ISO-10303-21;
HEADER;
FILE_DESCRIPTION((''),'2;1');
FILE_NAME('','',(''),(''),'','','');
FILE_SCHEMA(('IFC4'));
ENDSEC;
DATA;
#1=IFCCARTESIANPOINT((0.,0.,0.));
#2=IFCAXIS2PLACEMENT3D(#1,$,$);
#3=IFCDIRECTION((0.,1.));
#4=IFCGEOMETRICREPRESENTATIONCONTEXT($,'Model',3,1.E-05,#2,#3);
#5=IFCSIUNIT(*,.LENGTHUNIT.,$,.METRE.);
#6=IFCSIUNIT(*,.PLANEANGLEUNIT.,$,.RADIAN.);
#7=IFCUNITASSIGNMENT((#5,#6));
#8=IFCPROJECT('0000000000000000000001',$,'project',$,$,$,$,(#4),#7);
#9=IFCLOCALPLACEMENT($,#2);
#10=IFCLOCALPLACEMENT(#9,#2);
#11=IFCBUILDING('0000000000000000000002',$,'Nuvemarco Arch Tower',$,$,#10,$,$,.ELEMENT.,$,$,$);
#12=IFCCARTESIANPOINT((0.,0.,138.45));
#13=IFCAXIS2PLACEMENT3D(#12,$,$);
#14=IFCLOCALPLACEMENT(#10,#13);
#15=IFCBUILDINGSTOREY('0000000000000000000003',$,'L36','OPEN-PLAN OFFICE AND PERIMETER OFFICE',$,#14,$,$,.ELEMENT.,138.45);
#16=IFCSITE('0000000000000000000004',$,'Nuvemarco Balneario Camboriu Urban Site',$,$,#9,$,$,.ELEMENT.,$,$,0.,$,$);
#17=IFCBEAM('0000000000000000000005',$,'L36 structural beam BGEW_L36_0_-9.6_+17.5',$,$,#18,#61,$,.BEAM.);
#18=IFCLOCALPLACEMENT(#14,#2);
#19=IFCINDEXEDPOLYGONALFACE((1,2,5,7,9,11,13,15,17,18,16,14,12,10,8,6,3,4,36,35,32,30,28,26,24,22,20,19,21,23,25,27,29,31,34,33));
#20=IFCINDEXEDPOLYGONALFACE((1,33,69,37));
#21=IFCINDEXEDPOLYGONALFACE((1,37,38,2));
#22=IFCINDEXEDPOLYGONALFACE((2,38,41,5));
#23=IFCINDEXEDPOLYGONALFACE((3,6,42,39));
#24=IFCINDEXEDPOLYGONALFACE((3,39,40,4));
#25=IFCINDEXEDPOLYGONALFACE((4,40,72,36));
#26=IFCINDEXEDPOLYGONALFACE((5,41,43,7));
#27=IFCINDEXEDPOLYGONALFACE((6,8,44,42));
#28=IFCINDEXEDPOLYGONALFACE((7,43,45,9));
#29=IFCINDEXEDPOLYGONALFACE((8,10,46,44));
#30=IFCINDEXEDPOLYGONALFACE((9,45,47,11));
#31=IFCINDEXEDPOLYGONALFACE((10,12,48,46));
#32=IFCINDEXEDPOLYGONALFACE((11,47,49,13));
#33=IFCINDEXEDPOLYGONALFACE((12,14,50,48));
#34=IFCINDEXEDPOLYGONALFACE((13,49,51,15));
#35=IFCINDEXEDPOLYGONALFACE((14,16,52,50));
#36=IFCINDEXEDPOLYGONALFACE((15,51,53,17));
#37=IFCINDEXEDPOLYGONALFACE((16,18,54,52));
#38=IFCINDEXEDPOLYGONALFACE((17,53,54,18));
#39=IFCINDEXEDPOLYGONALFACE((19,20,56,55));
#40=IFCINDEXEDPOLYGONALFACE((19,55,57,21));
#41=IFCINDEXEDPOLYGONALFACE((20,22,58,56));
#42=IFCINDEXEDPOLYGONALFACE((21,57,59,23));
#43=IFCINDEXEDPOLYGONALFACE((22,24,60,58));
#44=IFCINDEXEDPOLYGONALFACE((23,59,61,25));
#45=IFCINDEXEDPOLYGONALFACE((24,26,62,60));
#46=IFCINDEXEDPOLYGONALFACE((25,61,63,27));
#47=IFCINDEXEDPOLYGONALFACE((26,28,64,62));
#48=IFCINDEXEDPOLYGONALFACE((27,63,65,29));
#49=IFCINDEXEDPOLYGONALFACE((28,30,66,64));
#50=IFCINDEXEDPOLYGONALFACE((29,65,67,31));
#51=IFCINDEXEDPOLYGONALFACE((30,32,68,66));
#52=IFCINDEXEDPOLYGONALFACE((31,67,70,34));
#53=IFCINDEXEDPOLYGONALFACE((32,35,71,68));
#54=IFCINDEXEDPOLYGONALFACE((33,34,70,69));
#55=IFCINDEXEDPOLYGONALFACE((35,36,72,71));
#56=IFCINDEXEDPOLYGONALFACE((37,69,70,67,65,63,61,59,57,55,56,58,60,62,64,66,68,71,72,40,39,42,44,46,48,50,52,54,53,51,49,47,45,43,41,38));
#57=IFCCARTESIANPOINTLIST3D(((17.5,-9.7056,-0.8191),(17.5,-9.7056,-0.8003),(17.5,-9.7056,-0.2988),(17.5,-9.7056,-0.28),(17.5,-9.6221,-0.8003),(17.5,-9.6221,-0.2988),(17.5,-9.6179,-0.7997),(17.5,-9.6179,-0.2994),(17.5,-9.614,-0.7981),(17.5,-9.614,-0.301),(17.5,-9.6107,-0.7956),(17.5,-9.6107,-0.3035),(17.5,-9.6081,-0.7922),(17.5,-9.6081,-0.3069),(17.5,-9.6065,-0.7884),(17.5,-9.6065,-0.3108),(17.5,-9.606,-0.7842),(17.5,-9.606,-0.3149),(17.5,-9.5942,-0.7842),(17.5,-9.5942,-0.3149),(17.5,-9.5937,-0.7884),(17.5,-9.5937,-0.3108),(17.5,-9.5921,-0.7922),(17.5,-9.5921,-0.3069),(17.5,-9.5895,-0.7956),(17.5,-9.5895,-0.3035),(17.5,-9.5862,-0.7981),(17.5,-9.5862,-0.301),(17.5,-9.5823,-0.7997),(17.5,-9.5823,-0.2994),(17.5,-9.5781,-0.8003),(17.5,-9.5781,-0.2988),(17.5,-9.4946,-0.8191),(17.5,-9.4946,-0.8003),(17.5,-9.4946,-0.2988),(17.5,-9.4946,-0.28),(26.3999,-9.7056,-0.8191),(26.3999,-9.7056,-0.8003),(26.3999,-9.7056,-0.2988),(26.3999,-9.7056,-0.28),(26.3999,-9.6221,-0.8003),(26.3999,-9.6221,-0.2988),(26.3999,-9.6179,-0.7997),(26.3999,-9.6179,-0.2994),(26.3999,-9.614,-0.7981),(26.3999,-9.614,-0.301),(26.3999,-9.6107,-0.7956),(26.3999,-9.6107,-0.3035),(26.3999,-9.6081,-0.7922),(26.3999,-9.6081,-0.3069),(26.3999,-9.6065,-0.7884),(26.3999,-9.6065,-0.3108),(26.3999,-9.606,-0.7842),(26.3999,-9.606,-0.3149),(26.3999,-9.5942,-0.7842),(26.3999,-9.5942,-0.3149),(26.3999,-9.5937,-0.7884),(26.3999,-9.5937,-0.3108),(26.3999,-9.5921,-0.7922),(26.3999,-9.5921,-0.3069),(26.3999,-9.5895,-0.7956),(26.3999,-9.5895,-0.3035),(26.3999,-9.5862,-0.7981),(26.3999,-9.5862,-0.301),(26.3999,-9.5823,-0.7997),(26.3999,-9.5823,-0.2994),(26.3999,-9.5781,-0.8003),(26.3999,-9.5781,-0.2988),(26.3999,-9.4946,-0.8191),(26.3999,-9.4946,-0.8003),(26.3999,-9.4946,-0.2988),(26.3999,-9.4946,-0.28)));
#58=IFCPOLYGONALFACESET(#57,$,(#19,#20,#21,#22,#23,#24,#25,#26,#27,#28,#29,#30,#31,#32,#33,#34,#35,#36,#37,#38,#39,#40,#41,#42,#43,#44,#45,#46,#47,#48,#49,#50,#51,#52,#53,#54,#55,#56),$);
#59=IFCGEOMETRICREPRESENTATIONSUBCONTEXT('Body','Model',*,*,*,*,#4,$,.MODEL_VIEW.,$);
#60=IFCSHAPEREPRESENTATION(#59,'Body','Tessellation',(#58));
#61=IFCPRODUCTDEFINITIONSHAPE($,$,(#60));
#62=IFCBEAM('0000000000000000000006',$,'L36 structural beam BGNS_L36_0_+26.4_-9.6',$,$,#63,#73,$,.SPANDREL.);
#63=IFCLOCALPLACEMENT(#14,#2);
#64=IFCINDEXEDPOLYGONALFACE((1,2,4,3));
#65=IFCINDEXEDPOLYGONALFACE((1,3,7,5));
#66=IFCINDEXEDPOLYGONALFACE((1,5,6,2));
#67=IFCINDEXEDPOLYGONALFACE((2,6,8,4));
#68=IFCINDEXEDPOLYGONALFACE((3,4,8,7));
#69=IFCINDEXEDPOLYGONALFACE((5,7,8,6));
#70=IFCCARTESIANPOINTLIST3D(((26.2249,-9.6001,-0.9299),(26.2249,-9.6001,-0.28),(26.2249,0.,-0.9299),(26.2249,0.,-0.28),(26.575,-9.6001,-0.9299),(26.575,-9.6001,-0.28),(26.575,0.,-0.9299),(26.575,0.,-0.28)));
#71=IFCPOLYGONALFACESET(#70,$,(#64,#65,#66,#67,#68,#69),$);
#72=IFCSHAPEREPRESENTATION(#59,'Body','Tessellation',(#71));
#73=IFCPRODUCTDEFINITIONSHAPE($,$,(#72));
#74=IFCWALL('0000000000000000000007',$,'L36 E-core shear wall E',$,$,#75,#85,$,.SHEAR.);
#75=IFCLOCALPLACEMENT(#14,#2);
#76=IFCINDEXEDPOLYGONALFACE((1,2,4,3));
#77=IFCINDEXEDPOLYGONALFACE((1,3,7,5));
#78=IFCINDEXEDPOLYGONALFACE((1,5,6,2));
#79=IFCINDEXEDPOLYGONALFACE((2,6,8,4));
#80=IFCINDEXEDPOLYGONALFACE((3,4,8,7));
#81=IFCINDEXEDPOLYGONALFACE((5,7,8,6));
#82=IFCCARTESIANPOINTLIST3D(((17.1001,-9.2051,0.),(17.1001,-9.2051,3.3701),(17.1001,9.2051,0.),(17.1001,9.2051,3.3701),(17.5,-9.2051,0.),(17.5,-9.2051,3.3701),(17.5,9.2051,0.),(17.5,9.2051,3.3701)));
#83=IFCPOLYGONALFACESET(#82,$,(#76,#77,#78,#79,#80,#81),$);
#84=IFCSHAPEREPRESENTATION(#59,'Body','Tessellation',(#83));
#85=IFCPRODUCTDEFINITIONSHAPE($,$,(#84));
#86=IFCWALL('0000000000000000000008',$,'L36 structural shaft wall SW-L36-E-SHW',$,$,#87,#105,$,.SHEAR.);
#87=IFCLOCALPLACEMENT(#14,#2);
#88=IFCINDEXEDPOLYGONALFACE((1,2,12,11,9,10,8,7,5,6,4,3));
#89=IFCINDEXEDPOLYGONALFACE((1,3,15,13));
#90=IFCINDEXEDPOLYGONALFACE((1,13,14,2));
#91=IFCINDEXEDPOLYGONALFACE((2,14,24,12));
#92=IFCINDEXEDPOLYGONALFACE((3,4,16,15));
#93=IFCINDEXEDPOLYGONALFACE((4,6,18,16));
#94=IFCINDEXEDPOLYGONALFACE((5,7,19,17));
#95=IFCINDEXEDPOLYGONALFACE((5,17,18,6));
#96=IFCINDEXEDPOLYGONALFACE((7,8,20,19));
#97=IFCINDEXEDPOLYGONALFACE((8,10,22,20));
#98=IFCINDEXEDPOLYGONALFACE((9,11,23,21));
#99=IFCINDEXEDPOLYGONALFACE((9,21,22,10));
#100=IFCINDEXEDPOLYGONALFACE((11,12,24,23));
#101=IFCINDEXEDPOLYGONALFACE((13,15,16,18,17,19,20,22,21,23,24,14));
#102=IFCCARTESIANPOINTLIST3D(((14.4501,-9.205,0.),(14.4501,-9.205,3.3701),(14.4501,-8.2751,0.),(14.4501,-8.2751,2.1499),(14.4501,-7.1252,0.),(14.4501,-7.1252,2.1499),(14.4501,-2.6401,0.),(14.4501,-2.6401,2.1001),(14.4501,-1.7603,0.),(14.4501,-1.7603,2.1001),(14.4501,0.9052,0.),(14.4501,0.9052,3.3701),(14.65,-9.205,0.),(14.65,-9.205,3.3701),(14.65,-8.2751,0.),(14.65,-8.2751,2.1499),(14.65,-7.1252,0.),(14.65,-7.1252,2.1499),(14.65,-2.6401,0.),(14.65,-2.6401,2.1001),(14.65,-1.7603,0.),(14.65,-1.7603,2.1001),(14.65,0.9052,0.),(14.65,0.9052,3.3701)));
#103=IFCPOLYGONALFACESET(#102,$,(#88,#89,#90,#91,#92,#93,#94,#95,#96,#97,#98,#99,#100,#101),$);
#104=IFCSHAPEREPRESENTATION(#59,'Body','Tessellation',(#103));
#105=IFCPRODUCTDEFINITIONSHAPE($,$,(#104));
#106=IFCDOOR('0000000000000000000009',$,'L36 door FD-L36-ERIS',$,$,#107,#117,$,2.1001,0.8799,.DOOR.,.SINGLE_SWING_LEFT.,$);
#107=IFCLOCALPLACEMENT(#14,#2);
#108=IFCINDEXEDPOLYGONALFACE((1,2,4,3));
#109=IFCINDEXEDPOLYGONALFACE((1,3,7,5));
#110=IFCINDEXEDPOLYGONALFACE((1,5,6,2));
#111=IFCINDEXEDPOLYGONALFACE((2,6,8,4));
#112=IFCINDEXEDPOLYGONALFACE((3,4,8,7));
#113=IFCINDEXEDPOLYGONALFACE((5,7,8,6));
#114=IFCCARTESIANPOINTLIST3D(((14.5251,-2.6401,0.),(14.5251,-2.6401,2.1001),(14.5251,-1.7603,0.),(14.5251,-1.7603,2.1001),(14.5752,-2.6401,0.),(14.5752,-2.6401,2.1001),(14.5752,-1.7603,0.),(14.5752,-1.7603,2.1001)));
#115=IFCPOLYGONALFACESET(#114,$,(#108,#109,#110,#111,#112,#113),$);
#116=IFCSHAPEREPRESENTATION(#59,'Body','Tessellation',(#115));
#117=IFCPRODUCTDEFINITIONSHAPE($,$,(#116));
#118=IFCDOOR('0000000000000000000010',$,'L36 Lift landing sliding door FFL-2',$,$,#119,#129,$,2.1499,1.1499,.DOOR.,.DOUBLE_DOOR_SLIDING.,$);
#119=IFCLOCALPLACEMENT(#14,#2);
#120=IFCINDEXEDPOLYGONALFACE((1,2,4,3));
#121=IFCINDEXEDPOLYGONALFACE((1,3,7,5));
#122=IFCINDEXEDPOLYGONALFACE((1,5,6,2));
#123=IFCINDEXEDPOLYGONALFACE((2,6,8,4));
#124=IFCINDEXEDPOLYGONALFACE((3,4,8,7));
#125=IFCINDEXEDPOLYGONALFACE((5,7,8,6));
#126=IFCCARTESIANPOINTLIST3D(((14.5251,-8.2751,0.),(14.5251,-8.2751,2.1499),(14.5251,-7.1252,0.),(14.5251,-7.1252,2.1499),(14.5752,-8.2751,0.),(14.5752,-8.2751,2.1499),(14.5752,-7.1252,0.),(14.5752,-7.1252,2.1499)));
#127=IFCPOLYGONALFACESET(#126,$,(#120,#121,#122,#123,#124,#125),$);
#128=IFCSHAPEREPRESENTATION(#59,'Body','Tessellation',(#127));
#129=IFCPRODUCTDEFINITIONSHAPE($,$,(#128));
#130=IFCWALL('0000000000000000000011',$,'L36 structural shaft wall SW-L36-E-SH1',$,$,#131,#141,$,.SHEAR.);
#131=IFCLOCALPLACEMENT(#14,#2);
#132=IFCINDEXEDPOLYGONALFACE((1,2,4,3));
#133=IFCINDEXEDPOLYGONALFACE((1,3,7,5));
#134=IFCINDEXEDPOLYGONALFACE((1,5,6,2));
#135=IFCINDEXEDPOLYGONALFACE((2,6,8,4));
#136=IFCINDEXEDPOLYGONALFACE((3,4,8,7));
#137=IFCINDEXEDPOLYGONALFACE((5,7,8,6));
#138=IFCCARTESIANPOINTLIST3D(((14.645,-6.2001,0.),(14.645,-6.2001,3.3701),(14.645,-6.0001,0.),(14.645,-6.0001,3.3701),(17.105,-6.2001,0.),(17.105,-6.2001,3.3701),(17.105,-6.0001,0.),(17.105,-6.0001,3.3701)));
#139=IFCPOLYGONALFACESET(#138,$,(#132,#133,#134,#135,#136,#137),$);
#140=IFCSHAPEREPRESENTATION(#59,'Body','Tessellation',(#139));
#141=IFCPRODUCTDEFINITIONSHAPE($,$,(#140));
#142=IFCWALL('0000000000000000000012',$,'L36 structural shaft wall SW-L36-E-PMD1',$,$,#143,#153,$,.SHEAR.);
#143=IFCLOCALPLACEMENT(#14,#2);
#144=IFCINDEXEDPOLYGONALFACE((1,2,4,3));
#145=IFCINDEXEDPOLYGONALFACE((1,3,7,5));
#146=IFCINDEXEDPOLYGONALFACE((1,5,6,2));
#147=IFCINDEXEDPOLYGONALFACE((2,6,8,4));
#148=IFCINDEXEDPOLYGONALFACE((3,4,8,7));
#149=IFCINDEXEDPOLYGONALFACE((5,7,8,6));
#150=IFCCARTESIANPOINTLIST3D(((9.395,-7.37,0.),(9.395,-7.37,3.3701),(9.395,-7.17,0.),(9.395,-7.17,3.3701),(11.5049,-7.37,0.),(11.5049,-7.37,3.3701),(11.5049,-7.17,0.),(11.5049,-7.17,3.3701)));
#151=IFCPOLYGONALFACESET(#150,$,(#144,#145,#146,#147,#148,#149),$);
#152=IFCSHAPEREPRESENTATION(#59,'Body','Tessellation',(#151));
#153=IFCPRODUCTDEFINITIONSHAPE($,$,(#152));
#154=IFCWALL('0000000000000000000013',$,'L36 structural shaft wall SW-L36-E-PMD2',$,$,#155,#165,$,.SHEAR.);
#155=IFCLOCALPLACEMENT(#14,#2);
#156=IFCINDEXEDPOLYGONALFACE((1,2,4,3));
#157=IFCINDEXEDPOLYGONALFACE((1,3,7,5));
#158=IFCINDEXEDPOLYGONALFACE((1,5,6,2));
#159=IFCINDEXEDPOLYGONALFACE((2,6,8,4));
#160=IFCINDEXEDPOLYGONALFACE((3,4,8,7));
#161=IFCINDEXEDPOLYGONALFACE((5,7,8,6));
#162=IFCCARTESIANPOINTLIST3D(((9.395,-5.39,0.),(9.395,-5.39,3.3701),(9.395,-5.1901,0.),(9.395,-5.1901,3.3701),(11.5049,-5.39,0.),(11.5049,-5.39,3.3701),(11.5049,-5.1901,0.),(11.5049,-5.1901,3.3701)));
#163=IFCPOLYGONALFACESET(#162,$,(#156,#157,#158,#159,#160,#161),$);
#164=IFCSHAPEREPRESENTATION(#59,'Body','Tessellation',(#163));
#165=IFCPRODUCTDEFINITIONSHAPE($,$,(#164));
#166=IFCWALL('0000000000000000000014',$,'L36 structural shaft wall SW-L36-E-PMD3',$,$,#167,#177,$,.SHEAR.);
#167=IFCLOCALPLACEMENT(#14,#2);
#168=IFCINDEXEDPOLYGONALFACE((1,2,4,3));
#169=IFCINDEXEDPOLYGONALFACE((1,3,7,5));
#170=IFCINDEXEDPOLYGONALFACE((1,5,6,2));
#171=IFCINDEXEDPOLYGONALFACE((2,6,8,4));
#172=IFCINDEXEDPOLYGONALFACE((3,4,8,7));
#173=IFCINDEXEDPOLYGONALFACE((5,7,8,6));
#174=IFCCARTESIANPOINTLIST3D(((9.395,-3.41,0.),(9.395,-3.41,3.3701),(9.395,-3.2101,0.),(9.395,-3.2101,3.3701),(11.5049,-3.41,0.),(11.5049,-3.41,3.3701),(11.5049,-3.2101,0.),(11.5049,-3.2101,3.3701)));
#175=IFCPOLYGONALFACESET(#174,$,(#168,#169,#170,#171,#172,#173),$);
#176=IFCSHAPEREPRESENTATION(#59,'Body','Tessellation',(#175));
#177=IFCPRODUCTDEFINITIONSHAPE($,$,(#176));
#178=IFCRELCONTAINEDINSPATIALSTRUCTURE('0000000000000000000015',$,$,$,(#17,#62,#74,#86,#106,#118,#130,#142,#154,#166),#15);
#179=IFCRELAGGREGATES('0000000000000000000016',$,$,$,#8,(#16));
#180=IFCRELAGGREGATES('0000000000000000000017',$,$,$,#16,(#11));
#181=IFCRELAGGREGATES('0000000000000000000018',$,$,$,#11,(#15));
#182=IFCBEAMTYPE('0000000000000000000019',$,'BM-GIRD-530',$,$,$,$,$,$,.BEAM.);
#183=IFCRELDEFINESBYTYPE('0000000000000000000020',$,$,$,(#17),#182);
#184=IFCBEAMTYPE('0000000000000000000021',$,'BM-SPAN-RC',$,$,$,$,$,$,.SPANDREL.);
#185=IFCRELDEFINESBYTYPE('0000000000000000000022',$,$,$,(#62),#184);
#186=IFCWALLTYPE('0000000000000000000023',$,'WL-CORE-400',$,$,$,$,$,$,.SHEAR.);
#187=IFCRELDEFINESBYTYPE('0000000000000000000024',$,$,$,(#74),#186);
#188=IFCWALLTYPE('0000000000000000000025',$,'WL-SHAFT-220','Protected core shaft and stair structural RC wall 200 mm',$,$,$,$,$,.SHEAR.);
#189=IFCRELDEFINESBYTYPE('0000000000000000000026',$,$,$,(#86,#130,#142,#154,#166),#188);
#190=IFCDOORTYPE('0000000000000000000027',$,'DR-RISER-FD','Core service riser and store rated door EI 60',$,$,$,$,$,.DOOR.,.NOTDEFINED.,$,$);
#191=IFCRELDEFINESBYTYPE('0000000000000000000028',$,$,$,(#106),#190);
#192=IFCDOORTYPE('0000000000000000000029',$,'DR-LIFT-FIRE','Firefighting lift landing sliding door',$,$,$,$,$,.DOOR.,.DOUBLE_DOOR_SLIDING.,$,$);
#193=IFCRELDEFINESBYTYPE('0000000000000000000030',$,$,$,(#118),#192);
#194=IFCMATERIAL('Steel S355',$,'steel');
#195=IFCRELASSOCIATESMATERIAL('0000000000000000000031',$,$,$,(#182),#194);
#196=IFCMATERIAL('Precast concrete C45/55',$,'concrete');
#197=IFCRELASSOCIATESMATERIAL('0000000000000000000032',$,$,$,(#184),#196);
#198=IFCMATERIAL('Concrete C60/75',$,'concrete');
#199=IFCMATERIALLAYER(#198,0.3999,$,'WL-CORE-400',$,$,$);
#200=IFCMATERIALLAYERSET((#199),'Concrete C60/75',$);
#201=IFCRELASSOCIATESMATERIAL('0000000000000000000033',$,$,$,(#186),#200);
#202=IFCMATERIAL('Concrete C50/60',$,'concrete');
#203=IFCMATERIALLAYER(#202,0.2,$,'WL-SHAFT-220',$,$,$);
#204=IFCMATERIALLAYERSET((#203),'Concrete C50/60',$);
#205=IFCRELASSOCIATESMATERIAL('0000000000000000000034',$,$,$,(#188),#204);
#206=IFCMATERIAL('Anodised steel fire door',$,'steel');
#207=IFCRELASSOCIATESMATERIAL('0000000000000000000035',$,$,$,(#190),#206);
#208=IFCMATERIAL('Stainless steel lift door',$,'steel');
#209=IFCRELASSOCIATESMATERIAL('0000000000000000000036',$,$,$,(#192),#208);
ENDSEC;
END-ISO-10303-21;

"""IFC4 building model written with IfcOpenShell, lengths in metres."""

from ifc_helpers import new_model, si_unit, direction, frame, frame_2d, origin, origin_2d, place, context, subcontext, project, spatial, rectangle, i_section, extrude, source, transform, mapped, material, layer, layer_set, material_profile, profile_set, type_object, type_shapes, element, fill, save


model = new_model("IFC4")

# Units and contexts
model_context = context("Model", 3, precision=1e-05, world=origin(), true_north=direction((0.0, 1.0)))
body_context = subcontext(model_context, "Body", "Model", "MODEL_VIEW")
ifc_project = project(units=[si_unit("LENGTHUNIT", "METRE"), si_unit("PLANEANGLEUNIT", "RADIAN")], contexts=[model_context])

# Site, building, storey
site_placement = place(None, origin())
site = spatial("IfcSite", under=ifc_project, at=site_placement, Name="Nuvemarco Balneario Camboriu Urban Site", CompositionType="ELEMENT", RefElevation=0.0)
building_placement = place(site_placement, origin())
building = spatial("IfcBuilding", under=site, at=building_placement, Name="Nuvemarco Arch Tower", CompositionType="ELEMENT")
storey_placement = place(building_placement, frame((0.0, 0.0, 138.45)))
storey = spatial("IfcBuildingStorey", under=building, at=storey_placement, Name="L36", Description="OPEN-PLAN OFFICE AND PERIMETER OFFICE", CompositionType="ELEMENT", Elevation=138.45)

# Shared definitions
ifc_material_1 = material(Name="Concrete C50/60", Category="concrete")
ifc_material_2 = material(Name="Steel S355", Category="steel")

# Beams
ifc_material_profile_1 = material_profile(ifc_material_2, i_section(OverallWidth=0.2109, OverallDepth=0.5391, WebThickness=0.0117, FlangeThickness=0.0188, FilletRadius=0.0161, at=origin_2d()), Name="W530x109")
ifc_profile_set_1 = profile_set([ifc_material_profile_1], Name="Steel S355")
beam_type_1 = type_object("IfcBeamType", Name="BM-GIRD-530", PredefinedType="BEAM", material=ifc_profile_set_1)
beam_1_placement = place(storey_placement, frame((17.5, -9.6001, -0.5496), z_axis=(1.0, 0.0, 0.0), x_axis=(0.0, 1.0, 0.0)))
element("IfcBeam", 1, at=beam_1_placement, inside=storey, type_object=beam_type_1, Name="L36 structural beam BGEW_L36_0_-9.6_+17.5", PredefinedType="BEAM", context=body_context, shape_type="SweptSolid", body=[
    extrude(i_section(OverallWidth=0.2109, OverallDepth=0.5391, WebThickness=0.0117, FlangeThickness=0.0188, FilletRadius=0.0161, at=origin_2d()), origin(), (0.0, 0.0, 1.0), 8.8999),
])
ifc_material_3 = material(Name="Precast concrete C45/55", Category="concrete")
ifc_material_profile_2 = material_profile(ifc_material_3, rectangle(XDim=0.3501, YDim=0.6499, at=origin_2d()), Name="PC-SP-350x650")
ifc_profile_set_2 = profile_set([ifc_material_profile_2], Name="Precast concrete C45/55")
beam_type_2 = type_object("IfcBeamType", Name="BM-SPAN-RC", PredefinedType="SPANDREL", material=ifc_profile_set_2)
beam_2_placement = place(storey_placement, frame((26.3999, -9.6001, -0.605), z_axis=(0.0, 1.0, 0.0), x_axis=(-1.0, 0.0, 0.0)))
element("IfcBeam", 2, at=beam_2_placement, inside=storey, type_object=beam_type_2, Name="L36 structural beam BGNS_L36_0_+26.4_-9.6", PredefinedType="SPANDREL", context=body_context, shape_type="SweptSolid", body=[
    extrude(rectangle(XDim=0.3501, YDim=0.6499, at=origin_2d()), origin(), (0.0, 0.0, 1.0), 9.6001),
])

# Wall
ifc_material_4 = material(Name="Concrete C60/75", Category="concrete")
ifc_layer_1 = layer(ifc_material_4, 0.3999, Name="WL-CORE-400")
ifc_layer_set_1 = layer_set([ifc_layer_1], Name="Concrete C60/75")
wall_type_1 = type_object("IfcWallType", Name="WL-CORE-400", PredefinedType="SHEAR", material=ifc_layer_set_1)
wall_1_placement = place(storey_placement, frame((17.3, -9.2051, 0.0), z_axis=(0.0, 0.0, 1.0), x_axis=(0.0, 1.0, 0.0)))
element("IfcWall", 3, at=wall_1_placement, inside=storey, type_object=wall_type_1, Name="L36 E-core shear wall E", PredefinedType="SHEAR", context=body_context, shape_type="SweptSolid", body=[
    extrude(rectangle(XDim=18.4102, YDim=0.3999, at=frame_2d((9.2051, 0.0))), origin(), (0.0, 0.0, 1.0), 3.3701),
])

# Wall, openings, doors
ifc_layer_2 = layer(ifc_material_1, 0.2, Name="WL-SHAFT-220")
ifc_layer_set_2 = layer_set([ifc_layer_2], Name="Concrete C50/60")
wall_type_2 = type_object("IfcWallType", Name="WL-SHAFT-220", Description="Protected core shaft and stair structural RC wall 200 mm", PredefinedType="SHEAR", material=ifc_layer_set_2)
wall_2_placement = place(storey_placement, frame((14.55, -9.2051, 0.0), z_axis=(0.0, 0.0, 1.0), x_axis=(0.0, 1.0, 0.0)))
wall_2 = element("IfcWall", 4, at=wall_2_placement, inside=storey, type_object=wall_type_2, Name="L36 structural shaft wall SW-L36-E-SHW", PredefinedType="SHEAR", context=body_context, shape_type="SweptSolid", body=[
    extrude(rectangle(XDim=10.1101, YDim=0.2, at=frame_2d((5.0552, 0.0))), origin(), (0.0, 0.0, 1.0), 3.3701),
])
opening_1_placement = place(wall_2_placement, frame((6.5649, 0.0, 0.0)))
opening_1 = element("IfcOpeningElement", 5, at=opening_1_placement, cuts=wall_2, PredefinedType="OPENING", context=body_context, shape_type="SweptSolid", body=[
    extrude(rectangle(XDim=0.8799, YDim=2.1001, at=frame_2d((0.4399, 1.05))), frame((0.0, 0.1099, 0.0), z_axis=(0.0, -1.0, 0.0), x_axis=(1.0, 0.0, 0.0)), (0.0, 0.0, 1.0), 0.22),
])
opening_2_placement = place(wall_2_placement, frame((0.9299, 0.0, 0.0)))
opening_2 = element("IfcOpeningElement", 6, at=opening_2_placement, cuts=wall_2, PredefinedType="OPENING", context=body_context, shape_type="SweptSolid", body=[
    extrude(rectangle(XDim=1.1499, YDim=2.1499, at=frame_2d((0.575, 1.075))), frame((0.0, 0.1099, 0.0), z_axis=(0.0, -1.0, 0.0), x_axis=(1.0, 0.0, 0.0)), (0.0, 0.0, 1.0), 0.22),
])
ifc_material_5 = material(Name="Anodised steel fire door", Category="steel")
door_type_1 = type_object("IfcDoorType", Name="DR-RISER-FD", Description="Core service riser and store rated door EI 60", OperationType="NOTDEFINED", PredefinedType="DOOR", material=ifc_material_5)
shared_shape_1 = source(origin(), body_context, "Body", "SweptSolid", [
    extrude(rectangle(XDim=0.8799, YDim=2.1001, at=frame_2d((0.4399, 1.05))), frame((0.0, 0.0249, 0.0), z_axis=(0.0, -1.0, 0.0), x_axis=(1.0, 0.0, 0.0)), (0.0, 0.0, 1.0), 0.05),
])
type_shapes(door_type_1, [shared_shape_1])
door_1_placement = place(opening_1_placement, origin())
door_1 = element("IfcDoor", 7, at=door_1_placement, inside=storey, type_object=door_type_1, Name="L36 door FD-L36-ERIS", OperationType="SINGLE_SWING_LEFT", OverallHeight=2.1001, OverallWidth=0.8799, PredefinedType="DOOR", context=body_context, shape_type="MappedRepresentation", body=[
    mapped(shared_shape_1, transform((0.0, 0.0, 0.0), scale=1.0)),
])
fill(opening_1, door_1)
ifc_material_6 = material(Name="Stainless steel lift door", Category="steel")
door_type_2 = type_object("IfcDoorType", Name="DR-LIFT-FIRE", Description="Firefighting lift landing sliding door", OperationType="DOUBLE_DOOR_SLIDING", PredefinedType="DOOR", material=ifc_material_6)
shared_shape_2 = source(origin(), body_context, "Body", "SweptSolid", [
    extrude(rectangle(XDim=1.1499, YDim=2.1499, at=frame_2d((0.575, 1.075))), frame((0.0, 0.0249, 0.0), z_axis=(0.0, -1.0, 0.0), x_axis=(1.0, 0.0, 0.0)), (0.0, 0.0, 1.0), 0.05),
])
type_shapes(door_type_2, [shared_shape_2])
door_2_placement = place(opening_2_placement, origin())
door_2 = element("IfcDoor", 8, at=door_2_placement, inside=storey, type_object=door_type_2, Name="L36 Lift landing sliding door FFL-2", OperationType="DOUBLE_DOOR_SLIDING", OverallHeight=2.1499, OverallWidth=1.1499, PredefinedType="DOOR", context=body_context, shape_type="MappedRepresentation", body=[
    mapped(shared_shape_2, transform((0.0, 0.0, 0.0), scale=1.0)),
])
fill(opening_2, door_2)

# Wall
wall_3_placement = place(storey_placement, frame((14.645, -6.1001, 0.0), z_axis=(0.0, 0.0, 1.0), x_axis=(1.0, 0.0, 0.0)))
element("IfcWall", 9, at=wall_3_placement, inside=storey, type_object=wall_type_2, Name="L36 structural shaft wall SW-L36-E-SH1", PredefinedType="SHEAR", context=body_context, shape_type="SweptSolid", body=[
    extrude(rectangle(XDim=2.46, YDim=0.2, at=frame_2d((1.23, 0.0))), origin(), (0.0, 0.0, 1.0), 3.3701),
])

# Walls
for number, where, z_axis, x_axis, name in (
    (10, (9.395, -7.27, 0.0), (0.0, 0.0, 1.0), (1.0, 0.0, 0.0), "L36 structural shaft wall SW-L36-E-PMD1"),
    (11, (9.395, -5.29, 0.0), (0.0, 0.0, 1.0), (1.0, 0.0, 0.0), "L36 structural shaft wall SW-L36-E-PMD2"),
    (12, (9.395, -3.3101, 0.0), (0.0, 0.0, 1.0), (1.0, 0.0, 0.0), "L36 structural shaft wall SW-L36-E-PMD3"),
):
    element("IfcWall", number, at=place(storey_placement, frame(where, z_axis=z_axis, x_axis=x_axis)), inside=storey, type_object=wall_type_2, Name=name, PredefinedType="SHEAR", context=body_context, shape_type="SweptSolid", body=[
        extrude(rectangle(XDim=2.1099, YDim=0.2, at=frame_2d((1.0549, 0.0))), origin(), (0.0, 0.0, 1.0), 3.3701),
    ])

save(model, "model.ifc")
